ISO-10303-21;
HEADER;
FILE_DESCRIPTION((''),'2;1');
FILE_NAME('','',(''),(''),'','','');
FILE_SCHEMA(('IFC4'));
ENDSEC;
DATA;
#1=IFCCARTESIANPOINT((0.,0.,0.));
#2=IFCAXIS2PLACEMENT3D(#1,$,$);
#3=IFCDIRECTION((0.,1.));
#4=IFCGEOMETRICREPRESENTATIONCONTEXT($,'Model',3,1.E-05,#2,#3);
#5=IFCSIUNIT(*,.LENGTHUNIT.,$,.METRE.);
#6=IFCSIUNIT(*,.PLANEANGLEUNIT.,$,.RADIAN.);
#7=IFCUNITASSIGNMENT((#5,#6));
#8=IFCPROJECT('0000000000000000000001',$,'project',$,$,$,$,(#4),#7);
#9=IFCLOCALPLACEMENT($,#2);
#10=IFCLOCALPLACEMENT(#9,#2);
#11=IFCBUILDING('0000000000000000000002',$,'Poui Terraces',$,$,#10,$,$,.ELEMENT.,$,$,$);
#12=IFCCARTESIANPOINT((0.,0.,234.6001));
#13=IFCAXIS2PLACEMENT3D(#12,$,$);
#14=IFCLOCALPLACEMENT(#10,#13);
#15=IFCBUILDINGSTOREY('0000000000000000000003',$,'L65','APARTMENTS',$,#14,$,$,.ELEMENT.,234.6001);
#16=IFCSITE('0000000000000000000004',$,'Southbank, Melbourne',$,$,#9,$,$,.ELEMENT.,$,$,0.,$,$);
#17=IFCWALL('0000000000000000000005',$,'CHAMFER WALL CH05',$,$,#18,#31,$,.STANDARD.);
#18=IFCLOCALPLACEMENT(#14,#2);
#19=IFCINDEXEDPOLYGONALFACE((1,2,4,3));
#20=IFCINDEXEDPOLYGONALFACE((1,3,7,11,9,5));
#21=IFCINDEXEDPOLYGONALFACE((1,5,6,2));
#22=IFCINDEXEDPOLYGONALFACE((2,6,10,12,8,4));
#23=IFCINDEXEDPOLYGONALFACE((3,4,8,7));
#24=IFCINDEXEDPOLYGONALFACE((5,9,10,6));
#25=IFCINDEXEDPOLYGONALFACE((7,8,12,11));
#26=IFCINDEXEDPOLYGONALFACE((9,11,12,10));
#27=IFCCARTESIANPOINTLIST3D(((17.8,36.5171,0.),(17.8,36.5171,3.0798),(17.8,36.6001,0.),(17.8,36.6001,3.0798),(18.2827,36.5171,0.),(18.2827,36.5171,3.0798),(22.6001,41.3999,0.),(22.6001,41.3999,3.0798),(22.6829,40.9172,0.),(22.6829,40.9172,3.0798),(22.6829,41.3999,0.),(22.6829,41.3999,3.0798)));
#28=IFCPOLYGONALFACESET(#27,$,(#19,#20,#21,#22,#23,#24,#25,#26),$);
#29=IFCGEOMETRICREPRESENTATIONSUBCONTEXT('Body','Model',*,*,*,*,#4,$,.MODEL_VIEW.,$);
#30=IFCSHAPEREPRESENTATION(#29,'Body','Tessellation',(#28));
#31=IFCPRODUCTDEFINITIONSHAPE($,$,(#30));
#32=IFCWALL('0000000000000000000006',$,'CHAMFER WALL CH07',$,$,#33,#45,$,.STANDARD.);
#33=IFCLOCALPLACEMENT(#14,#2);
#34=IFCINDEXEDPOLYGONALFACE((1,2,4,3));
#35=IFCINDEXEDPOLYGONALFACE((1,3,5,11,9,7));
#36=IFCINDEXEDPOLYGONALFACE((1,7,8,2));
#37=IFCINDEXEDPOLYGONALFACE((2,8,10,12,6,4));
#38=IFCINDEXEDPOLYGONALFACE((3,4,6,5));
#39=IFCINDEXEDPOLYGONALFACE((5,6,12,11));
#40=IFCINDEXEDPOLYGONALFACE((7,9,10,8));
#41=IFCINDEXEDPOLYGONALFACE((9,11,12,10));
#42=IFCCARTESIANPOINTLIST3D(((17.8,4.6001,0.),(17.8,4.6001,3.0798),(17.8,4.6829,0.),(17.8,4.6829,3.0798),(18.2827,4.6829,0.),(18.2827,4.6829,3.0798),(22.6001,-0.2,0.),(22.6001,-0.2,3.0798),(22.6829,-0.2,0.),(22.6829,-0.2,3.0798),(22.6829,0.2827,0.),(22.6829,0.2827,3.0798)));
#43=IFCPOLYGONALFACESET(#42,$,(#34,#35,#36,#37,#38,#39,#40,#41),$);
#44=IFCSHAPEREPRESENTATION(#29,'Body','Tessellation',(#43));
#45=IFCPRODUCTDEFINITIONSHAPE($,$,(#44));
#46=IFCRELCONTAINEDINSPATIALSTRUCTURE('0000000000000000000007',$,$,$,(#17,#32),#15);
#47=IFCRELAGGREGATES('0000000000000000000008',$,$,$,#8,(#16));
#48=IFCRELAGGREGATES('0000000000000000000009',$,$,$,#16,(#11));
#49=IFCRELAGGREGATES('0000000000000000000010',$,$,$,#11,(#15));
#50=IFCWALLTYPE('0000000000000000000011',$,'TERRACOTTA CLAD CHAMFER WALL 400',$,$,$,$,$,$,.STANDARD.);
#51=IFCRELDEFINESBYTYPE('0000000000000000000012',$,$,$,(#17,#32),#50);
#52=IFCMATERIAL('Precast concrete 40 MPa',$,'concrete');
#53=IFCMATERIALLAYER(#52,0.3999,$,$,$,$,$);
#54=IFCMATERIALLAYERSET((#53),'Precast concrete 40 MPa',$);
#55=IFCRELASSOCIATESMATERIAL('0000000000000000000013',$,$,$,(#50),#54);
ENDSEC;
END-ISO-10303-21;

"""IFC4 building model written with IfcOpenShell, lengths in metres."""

from ifc_helpers import new_model, si_unit, direction, frame, origin, place, context, subcontext, project, spatial, polyline, outline, extrude, material, layer, layer_set, type_object, element, save


model = new_model("IFC4")

# Units and contexts
model_context = context("Model", 3, precision=1e-05, world=origin(), true_north=direction((0.0, 1.0)))
body_context = subcontext(model_context, "Body", "Model", "MODEL_VIEW")
ifc_project = project(units=[si_unit("LENGTHUNIT", "METRE"), si_unit("PLANEANGLEUNIT", "RADIAN")], contexts=[model_context])

# Site, building, storey
site_placement = place(None, origin())
site = spatial("IfcSite", under=ifc_project, at=site_placement, Name="Southbank, Melbourne", CompositionType="ELEMENT", RefElevation=0.0)
building_placement = place(site_placement, origin())
building = spatial("IfcBuilding", under=site, at=building_placement, Name="Poui Terraces", CompositionType="ELEMENT")
storey_placement = place(building_placement, frame((0.0, 0.0, 234.6001)))
storey = spatial("IfcBuildingStorey", under=building, at=storey_placement, Name="L65", Description="APARTMENTS", CompositionType="ELEMENT", Elevation=234.6001)

# Shared definitions
ifc_material_1 = material(Name="Precast concrete 40 MPa", Category="concrete")

# Walls
ifc_layer_1 = layer(ifc_material_1, 0.3999)
ifc_layer_set_1 = layer_set([ifc_layer_1], Name="Precast concrete 40 MPa")
wall_type = type_object("IfcWallType", Name="TERRACOTTA CLAD CHAMFER WALL 400", PredefinedType="STANDARD", material=ifc_layer_set_1)
wall_1_placement = place(storey_placement, origin())
element("IfcWall", 1, at=wall_1_placement, inside=storey, type_object=wall_type, Name="CHAMFER WALL CH05", PredefinedType="STANDARD", context=body_context, shape_type="SweptSolid", body=[
    extrude(outline(polyline([(22.6829, 41.3999), (22.6001, 41.3999), (17.8, 36.6001), (17.8, 36.5171), (18.2827, 36.5171), (22.6829, 40.9172), (22.6829, 41.3999)])), origin(), (0.0, 0.0, 1.0), 3.0798),
])
wall_2_placement = place(storey_placement, origin())
element("IfcWall", 2, at=wall_2_placement, inside=storey, type_object=wall_type, Name="CHAMFER WALL CH07", PredefinedType="STANDARD", context=body_context, shape_type="SweptSolid", body=[
    extrude(outline(polyline([(17.8, 4.6829), (17.8, 4.6001), (22.6001, -0.2), (22.6829, -0.2), (22.6829, 0.2827), (18.2827, 4.6829), (17.8, 4.6829)])), origin(), (0.0, 0.0, 1.0), 3.0798),
])

save(model, "model.ifc")
